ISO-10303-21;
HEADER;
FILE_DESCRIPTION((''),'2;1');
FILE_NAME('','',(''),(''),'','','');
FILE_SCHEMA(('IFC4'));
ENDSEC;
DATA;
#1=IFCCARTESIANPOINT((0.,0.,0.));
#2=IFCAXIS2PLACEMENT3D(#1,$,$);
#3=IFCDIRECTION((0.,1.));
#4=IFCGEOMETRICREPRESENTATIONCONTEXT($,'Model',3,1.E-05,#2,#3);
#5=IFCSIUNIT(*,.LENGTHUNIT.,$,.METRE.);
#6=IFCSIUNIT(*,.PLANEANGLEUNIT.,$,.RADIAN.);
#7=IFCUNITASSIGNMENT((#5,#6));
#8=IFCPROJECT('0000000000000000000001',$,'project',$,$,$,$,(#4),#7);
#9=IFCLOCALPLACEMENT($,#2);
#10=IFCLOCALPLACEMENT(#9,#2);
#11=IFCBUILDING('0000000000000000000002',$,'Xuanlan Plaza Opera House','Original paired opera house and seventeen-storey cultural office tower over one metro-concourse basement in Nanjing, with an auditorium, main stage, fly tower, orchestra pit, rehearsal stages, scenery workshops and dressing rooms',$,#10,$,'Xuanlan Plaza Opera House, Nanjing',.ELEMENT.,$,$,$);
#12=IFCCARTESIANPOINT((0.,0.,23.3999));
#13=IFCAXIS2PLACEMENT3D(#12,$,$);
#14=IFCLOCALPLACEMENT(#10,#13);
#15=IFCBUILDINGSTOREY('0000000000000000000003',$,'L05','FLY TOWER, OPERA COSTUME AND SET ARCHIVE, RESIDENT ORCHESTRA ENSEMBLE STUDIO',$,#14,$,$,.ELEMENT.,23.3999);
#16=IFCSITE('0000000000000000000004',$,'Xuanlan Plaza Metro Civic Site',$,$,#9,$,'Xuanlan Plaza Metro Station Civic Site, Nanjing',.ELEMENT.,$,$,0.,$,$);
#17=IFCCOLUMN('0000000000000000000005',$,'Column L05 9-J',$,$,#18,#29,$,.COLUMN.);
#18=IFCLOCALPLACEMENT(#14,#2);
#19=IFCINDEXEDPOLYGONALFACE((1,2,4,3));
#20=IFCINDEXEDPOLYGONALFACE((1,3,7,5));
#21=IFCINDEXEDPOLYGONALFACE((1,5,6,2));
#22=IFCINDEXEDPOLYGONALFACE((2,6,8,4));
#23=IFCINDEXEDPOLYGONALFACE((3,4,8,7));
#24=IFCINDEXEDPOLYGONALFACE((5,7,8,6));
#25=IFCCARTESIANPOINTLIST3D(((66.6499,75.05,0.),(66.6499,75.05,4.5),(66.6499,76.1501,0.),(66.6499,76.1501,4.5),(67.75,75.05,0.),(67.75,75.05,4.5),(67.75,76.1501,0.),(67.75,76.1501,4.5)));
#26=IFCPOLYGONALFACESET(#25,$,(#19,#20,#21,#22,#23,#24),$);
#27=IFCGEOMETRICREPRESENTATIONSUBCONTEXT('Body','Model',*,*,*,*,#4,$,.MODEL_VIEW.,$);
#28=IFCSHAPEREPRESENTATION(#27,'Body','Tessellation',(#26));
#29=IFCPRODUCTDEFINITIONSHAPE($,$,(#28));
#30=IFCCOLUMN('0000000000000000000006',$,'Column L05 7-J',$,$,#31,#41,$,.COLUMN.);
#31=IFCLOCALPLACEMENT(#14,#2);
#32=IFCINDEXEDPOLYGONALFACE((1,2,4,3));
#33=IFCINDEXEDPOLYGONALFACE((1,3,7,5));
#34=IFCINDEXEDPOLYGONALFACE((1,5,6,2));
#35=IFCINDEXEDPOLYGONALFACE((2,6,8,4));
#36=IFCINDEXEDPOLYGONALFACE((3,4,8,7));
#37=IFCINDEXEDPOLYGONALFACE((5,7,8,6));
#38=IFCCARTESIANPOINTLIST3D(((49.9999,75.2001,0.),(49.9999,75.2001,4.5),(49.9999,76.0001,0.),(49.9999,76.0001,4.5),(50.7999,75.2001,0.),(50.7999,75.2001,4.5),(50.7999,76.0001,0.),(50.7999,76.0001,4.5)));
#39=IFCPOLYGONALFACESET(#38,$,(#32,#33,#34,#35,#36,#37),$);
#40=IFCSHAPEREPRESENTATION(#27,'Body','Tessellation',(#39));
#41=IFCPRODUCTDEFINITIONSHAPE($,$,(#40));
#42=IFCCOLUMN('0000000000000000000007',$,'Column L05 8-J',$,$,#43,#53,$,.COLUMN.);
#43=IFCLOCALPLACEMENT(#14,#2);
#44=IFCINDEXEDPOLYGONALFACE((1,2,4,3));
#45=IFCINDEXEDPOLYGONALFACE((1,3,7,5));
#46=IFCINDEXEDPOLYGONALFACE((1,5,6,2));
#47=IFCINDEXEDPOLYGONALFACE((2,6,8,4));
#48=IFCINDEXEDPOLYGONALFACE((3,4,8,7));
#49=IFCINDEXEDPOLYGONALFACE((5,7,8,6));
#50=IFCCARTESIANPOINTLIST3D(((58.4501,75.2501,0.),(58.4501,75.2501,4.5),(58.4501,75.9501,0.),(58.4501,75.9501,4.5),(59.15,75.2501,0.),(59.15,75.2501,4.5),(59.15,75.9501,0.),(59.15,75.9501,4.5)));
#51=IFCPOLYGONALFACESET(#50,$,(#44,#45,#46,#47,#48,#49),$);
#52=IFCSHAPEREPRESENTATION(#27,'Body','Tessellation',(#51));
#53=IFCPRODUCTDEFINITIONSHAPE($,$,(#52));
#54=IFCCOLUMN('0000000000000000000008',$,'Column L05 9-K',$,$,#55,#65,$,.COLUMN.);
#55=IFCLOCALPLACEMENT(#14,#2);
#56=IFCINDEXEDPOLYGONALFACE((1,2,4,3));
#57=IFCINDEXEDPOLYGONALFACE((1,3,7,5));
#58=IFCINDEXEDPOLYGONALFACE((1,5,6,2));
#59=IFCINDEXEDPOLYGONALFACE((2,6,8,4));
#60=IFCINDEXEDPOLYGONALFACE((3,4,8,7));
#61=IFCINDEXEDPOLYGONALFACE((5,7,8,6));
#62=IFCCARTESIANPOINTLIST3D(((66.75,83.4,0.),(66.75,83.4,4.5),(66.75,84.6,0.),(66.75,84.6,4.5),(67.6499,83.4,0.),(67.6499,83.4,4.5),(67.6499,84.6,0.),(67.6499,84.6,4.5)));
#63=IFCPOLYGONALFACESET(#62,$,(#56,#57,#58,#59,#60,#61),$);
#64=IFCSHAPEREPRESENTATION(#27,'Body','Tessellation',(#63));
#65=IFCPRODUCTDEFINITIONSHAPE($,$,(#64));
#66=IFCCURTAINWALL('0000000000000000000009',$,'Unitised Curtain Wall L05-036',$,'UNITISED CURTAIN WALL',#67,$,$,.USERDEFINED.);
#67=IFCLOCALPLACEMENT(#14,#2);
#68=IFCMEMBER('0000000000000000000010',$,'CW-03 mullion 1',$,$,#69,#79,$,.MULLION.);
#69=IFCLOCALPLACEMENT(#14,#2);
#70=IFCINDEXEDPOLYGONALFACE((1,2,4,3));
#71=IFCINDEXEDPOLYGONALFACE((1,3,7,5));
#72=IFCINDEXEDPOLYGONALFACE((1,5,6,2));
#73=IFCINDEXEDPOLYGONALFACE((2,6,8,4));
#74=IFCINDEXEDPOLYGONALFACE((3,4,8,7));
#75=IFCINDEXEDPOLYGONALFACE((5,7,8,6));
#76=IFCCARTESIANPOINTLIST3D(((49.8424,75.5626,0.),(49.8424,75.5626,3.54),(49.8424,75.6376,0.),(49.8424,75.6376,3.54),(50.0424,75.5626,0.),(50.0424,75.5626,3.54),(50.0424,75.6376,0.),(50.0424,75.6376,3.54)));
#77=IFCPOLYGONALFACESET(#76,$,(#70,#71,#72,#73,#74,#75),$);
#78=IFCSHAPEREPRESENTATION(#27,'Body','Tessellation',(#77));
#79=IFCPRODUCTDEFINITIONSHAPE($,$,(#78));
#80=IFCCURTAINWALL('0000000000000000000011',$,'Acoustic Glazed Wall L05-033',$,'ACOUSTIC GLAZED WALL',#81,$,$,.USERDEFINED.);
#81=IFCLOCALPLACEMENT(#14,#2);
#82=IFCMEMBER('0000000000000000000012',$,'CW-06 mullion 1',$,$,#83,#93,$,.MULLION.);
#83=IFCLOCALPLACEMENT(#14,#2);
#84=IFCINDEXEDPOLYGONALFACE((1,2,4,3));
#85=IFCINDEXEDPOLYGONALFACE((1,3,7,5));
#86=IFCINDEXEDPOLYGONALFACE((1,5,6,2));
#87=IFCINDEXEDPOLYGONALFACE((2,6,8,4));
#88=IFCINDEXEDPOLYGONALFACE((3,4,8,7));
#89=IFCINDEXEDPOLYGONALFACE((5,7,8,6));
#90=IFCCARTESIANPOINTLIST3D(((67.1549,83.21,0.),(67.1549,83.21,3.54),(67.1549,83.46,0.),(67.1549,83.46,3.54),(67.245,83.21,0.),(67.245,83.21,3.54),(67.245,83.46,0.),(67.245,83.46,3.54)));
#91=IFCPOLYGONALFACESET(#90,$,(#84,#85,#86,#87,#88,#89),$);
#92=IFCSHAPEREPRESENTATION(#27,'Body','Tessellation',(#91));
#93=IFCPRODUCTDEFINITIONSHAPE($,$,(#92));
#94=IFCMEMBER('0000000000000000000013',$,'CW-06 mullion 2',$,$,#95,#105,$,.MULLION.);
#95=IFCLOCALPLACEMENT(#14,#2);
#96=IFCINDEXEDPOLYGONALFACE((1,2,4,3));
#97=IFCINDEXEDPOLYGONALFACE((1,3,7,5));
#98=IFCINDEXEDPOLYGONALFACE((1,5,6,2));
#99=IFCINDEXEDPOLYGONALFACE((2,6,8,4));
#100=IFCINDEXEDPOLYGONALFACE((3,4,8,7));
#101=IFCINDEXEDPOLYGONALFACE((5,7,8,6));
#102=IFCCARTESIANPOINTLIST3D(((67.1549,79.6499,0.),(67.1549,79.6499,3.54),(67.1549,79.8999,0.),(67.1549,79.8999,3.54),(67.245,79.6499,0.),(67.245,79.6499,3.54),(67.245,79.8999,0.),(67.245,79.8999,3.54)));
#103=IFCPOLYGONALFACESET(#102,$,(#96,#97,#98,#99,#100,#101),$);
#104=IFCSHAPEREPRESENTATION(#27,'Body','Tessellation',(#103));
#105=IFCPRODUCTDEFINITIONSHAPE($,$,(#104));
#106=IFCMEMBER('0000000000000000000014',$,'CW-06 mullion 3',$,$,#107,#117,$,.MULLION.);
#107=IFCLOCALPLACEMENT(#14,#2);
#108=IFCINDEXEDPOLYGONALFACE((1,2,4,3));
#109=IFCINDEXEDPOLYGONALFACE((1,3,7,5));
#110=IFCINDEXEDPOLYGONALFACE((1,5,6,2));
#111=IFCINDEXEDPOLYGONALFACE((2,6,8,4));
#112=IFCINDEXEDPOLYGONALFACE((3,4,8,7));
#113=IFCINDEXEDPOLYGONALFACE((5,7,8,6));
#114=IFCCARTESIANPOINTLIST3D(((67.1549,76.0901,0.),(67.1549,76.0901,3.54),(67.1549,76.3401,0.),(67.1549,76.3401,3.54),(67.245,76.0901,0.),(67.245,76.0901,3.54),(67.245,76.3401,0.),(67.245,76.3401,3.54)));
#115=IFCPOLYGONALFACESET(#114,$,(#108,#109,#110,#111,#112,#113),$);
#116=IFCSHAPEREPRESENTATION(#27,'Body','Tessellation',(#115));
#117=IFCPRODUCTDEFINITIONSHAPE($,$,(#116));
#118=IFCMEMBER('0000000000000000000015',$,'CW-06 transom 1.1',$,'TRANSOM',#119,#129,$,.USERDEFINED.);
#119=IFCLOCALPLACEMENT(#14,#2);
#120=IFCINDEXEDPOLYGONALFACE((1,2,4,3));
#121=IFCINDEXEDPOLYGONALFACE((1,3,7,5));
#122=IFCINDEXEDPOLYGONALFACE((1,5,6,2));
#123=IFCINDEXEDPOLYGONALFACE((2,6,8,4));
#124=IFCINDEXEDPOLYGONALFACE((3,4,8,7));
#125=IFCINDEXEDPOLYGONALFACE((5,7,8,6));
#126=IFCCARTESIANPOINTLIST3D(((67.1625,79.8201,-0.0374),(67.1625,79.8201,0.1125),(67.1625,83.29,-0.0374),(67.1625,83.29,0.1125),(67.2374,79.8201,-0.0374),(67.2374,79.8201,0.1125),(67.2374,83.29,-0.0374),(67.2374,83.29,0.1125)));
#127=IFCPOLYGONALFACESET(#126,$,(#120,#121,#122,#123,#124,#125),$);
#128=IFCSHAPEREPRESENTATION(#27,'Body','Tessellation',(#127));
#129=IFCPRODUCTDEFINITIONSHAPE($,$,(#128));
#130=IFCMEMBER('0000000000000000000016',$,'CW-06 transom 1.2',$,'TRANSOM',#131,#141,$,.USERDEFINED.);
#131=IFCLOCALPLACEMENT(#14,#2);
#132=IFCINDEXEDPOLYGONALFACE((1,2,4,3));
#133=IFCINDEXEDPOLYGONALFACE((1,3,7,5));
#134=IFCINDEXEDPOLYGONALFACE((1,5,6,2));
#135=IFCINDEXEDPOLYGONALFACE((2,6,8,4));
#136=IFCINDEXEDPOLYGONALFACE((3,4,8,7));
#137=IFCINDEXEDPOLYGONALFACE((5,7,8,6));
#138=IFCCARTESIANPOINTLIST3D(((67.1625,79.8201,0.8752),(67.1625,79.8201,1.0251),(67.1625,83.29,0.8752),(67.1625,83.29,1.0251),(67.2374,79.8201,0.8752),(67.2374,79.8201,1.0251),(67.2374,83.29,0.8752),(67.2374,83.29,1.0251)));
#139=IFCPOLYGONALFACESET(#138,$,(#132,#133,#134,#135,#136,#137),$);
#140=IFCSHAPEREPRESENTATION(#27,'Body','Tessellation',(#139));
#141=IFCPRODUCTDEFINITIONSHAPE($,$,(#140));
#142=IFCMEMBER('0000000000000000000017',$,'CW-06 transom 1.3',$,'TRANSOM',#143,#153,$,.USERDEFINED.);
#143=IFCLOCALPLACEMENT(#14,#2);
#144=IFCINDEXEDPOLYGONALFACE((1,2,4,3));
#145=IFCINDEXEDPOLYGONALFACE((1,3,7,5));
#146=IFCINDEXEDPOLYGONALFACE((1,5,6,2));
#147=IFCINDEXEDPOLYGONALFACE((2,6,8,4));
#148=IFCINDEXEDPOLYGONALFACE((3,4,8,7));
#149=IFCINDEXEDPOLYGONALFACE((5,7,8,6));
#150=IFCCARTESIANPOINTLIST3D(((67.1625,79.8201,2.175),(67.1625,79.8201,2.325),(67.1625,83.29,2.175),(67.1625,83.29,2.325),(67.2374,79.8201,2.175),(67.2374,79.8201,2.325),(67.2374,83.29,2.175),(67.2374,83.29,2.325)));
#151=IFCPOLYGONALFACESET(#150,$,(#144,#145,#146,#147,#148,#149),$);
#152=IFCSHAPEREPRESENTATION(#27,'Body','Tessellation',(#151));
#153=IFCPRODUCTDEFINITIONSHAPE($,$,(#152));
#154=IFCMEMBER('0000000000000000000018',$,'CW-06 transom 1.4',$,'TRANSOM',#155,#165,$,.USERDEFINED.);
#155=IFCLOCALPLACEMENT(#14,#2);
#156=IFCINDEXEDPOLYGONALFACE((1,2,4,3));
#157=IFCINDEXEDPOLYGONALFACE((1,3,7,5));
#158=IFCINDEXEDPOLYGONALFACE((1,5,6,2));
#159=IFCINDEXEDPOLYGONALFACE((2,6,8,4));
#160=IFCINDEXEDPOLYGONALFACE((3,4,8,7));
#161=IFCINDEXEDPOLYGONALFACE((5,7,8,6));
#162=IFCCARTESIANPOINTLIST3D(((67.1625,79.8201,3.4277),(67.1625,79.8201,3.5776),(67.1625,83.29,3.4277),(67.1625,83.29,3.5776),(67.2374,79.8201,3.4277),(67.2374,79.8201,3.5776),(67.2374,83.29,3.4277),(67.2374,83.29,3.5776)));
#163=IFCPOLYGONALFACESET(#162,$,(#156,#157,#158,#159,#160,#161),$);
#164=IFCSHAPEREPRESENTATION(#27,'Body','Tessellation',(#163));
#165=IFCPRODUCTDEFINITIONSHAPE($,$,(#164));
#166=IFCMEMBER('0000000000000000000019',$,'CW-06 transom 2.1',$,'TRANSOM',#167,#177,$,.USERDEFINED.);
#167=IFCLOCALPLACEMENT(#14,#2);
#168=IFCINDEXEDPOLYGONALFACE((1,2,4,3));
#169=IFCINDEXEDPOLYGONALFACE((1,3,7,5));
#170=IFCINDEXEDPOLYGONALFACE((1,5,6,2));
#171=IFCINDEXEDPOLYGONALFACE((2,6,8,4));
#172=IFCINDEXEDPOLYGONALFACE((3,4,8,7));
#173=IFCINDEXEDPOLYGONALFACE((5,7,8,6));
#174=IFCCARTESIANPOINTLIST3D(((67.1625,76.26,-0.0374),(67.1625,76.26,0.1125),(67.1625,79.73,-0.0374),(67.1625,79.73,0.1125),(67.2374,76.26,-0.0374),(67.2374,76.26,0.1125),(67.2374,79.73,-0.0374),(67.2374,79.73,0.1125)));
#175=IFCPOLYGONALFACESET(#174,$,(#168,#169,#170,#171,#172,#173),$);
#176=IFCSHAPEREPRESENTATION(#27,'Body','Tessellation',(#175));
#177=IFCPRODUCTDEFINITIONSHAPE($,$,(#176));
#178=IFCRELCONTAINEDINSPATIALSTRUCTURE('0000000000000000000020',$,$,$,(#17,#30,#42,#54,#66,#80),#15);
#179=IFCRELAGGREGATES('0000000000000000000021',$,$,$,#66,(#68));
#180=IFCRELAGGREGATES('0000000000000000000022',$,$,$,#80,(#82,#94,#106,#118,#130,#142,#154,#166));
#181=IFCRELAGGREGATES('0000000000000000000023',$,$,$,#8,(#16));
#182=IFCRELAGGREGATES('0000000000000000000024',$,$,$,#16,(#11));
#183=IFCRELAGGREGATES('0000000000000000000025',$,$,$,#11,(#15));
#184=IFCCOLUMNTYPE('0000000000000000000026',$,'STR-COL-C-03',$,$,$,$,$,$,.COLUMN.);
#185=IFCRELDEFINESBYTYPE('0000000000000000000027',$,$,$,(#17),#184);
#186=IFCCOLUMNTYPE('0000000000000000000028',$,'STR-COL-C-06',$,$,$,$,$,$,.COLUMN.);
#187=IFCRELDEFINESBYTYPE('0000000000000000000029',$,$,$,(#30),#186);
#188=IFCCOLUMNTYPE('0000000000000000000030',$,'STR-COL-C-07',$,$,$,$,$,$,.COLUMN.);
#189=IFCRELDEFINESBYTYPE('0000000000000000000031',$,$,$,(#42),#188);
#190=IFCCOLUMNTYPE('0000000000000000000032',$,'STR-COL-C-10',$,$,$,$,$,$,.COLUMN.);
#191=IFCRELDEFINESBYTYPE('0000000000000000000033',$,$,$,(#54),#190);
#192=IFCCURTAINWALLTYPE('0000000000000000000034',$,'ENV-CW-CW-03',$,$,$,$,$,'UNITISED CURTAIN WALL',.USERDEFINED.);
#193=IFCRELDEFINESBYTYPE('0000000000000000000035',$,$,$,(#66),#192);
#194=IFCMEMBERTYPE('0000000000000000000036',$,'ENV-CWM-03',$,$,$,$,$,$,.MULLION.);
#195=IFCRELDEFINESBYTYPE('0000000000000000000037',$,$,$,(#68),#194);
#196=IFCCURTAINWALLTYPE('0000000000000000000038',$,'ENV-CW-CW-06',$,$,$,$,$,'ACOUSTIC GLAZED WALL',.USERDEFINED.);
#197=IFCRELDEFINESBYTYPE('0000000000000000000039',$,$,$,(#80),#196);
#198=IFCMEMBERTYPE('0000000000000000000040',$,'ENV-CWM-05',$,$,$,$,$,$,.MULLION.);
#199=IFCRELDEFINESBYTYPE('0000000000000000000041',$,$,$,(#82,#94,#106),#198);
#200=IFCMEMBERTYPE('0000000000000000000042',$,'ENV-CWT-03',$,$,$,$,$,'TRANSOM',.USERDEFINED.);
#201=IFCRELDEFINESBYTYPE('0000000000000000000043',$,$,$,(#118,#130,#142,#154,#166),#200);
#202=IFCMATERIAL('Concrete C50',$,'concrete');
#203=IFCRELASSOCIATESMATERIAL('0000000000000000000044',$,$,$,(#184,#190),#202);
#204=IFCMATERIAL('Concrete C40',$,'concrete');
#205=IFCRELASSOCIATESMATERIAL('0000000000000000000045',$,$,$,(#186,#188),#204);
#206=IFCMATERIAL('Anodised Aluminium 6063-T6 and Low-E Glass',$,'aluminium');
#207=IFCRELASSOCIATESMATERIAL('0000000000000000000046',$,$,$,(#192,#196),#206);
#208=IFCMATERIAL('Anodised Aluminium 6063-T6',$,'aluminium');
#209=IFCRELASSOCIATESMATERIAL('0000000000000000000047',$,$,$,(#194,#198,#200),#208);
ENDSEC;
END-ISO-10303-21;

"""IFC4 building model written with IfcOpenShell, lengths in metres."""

from ifc_helpers import new_model, si_unit, direction, frame, origin, origin_2d, place, context, subcontext, project, spatial, rectangle, extrude, material, material_profile, profile_set, type_object, element, aggregate, save


model = new_model("IFC4")

# Units and contexts
model_context = context("Model", 3, precision=1e-05, world=origin(), true_north=direction((0.0, 1.0)))
body_context = subcontext(model_context, "Body", "Model", "MODEL_VIEW")
ifc_project = project(units=[si_unit("LENGTHUNIT", "METRE"), si_unit("PLANEANGLEUNIT", "RADIAN")], contexts=[model_context])

# Site, building, storey
site_placement = place(None, origin())
site = spatial("IfcSite", under=ifc_project, at=site_placement, Name="Xuanlan Plaza Metro Civic Site", LongName="Xuanlan Plaza Metro Station Civic Site, Nanjing", CompositionType="ELEMENT", RefElevation=0.0)
building_placement = place(site_placement, origin())
building = spatial("IfcBuilding", under=site, at=building_placement, Name="Xuanlan Plaza Opera House", Description="Original paired opera house and seventeen-storey cultural office tower over one metro-concourse basement in Nanjing, with an auditorium, main stage, fly tower, orchestra pit, rehearsal stages, scenery workshops and dressing rooms", LongName="Xuanlan Plaza Opera House, Nanjing", CompositionType="ELEMENT")
storey_placement = place(building_placement, frame((0.0, 0.0, 23.3999)))
storey = spatial("IfcBuildingStorey", under=building, at=storey_placement, Name="L05", Description="FLY TOWER, OPERA COSTUME AND SET ARCHIVE, RESIDENT ORCHESTRA ENSEMBLE STUDIO", CompositionType="ELEMENT", Elevation=23.3999)

# Columns
ifc_material_1 = material(Name="Concrete C50", Category="concrete")
ifc_material_profile_1 = material_profile(ifc_material_1, rectangle(XDim=1.1001, YDim=1.1001, at=origin_2d()), Name="RC-COL 1100x1100")
ifc_profile_set_1 = profile_set([ifc_material_profile_1], Name="Concrete C50")
column_type_1 = type_object("IfcColumnType", Name="STR-COL-C-03", PredefinedType="COLUMN", material=ifc_profile_set_1)
column_1_placement = place(storey_placement, frame((67.2, 75.6001, 0.0), z_axis=(0.0, 0.0, 1.0), x_axis=(1.0, 0.0, 0.0)))
element("IfcColumn", 1, at=column_1_placement, inside=storey, type_object=column_type_1, Name="Column L05 9-J", PredefinedType="COLUMN", context=body_context, shape_type="SweptSolid", body=[
    extrude(rectangle(XDim=1.1001, YDim=1.1001, at=origin_2d()), origin(), (0.0, 0.0, 1.0), 4.5),
])
ifc_material_2 = material(Name="Concrete C40", Category="concrete")
ifc_material_profile_2 = material_profile(ifc_material_2, rectangle(XDim=0.8, YDim=0.8, at=origin_2d()), Name="RC-COL 800x800")
ifc_profile_set_2 = profile_set([ifc_material_profile_2], Name="Concrete C40")
column_type_2 = type_object("IfcColumnType", Name="STR-COL-C-06", PredefinedType="COLUMN", material=ifc_profile_set_2)
column_2_placement = place(storey_placement, frame((50.3999, 75.6001, 0.0), z_axis=(0.0, 0.0, 1.0), x_axis=(1.0, 0.0, 0.0)))
element("IfcColumn", 2, at=column_2_placement, inside=storey, type_object=column_type_2, Name="Column L05 7-J", PredefinedType="COLUMN", context=body_context, shape_type="SweptSolid", body=[
    extrude(rectangle(XDim=0.8, YDim=0.8, at=origin_2d()), origin(), (0.0, 0.0, 1.0), 4.5),
])
ifc_material_profile_3 = material_profile(ifc_material_2, rectangle(XDim=0.7, YDim=0.7, at=origin_2d()), Name="RC-COL 700x700")
ifc_profile_set_3 = profile_set([ifc_material_profile_3], Name="Concrete C40")
column_type_3 = type_object("IfcColumnType", Name="STR-COL-C-07", PredefinedType="COLUMN", material=ifc_profile_set_3)
column_3_placement = place(storey_placement, frame((58.8, 75.6001, 0.0), z_axis=(0.0, 0.0, 1.0), x_axis=(1.0, 0.0, 0.0)))
element("IfcColumn", 3, at=column_3_placement, inside=storey, type_object=column_type_3, Name="Column L05 8-J", PredefinedType="COLUMN", context=body_context, shape_type="SweptSolid", body=[
    extrude(rectangle(XDim=0.7, YDim=0.7, at=origin_2d()), origin(), (0.0, 0.0, 1.0), 4.5),
])
ifc_material_profile_4 = material_profile(ifc_material_1, rectangle(XDim=0.8999, YDim=1.2, at=origin_2d()), Name="RC-COL 900x1200")
ifc_profile_set_4 = profile_set([ifc_material_profile_4], Name="Concrete C50")
column_type_4 = type_object("IfcColumnType", Name="STR-COL-C-10", PredefinedType="COLUMN", material=ifc_profile_set_4)
column_4_placement = place(storey_placement, frame((67.2, 84.0, 0.0), z_axis=(0.0, 0.0, 1.0), x_axis=(1.0, 0.0, 0.0)))
element("IfcColumn", 4, at=column_4_placement, inside=storey, type_object=column_type_4, Name="Column L05 9-K", PredefinedType="COLUMN", context=body_context, shape_type="SweptSolid", body=[
    extrude(rectangle(XDim=0.8999, YDim=1.2, at=origin_2d()), origin(), (0.0, 0.0, 1.0), 4.5),
])

# Curtain wall, member
ifc_material_3 = material(Name="Anodised Aluminium 6063-T6 and Low-E Glass", Category="aluminium")
curtain_wall_type_1 = type_object("IfcCurtainWallType", Name="ENV-CW-CW-03", ElementType="UNITISED CURTAIN WALL", PredefinedType="USERDEFINED", material=ifc_material_3)
curtain_wall_1_placement = place(storey_placement, origin())
curtain_wall_1 = element("IfcCurtainWall", 5, at=curtain_wall_1_placement, inside=storey, type_object=curtain_wall_type_1, Name="Unitised Curtain Wall L05-036", ObjectType="UNITISED CURTAIN WALL", PredefinedType="USERDEFINED")
ifc_material_4 = material(Name="Anodised Aluminium 6063-T6", Category="aluminium")
ifc_material_profile_5 = material_profile(ifc_material_4, rectangle(XDim=0.075, YDim=0.2, at=origin_2d()), Name="ALU-M 75x200")
ifc_profile_set_5 = profile_set([ifc_material_profile_5], Name="Anodised Aluminium 6063-T6")
member_type_1 = type_object("IfcMemberType", Name="ENV-CWM-03", PredefinedType="MULLION", material=ifc_profile_set_5)
member_1_placement = place(storey_placement, frame((49.9424, 75.6001, 0.0), z_axis=(0.0, 0.0, 1.0), x_axis=(0.0, -1.0, 0.0)))
member_1 = element("IfcMember", 6, at=member_1_placement, type_object=member_type_1, Name="CW-03 mullion 1", PredefinedType="MULLION", context=body_context, shape_type="SweptSolid", body=[
    extrude(rectangle(XDim=0.075, YDim=0.2, at=origin_2d()), origin(), (0.0, 0.0, 1.0), 3.54),
])

# Curtain wall, members
curtain_wall_type_2 = type_object("IfcCurtainWallType", Name="ENV-CW-CW-06", ElementType="ACOUSTIC GLAZED WALL", PredefinedType="USERDEFINED", material=ifc_material_3)
curtain_wall_2_placement = place(storey_placement, origin())
curtain_wall_2 = element("IfcCurtainWall", 7, at=curtain_wall_2_placement, inside=storey, type_object=curtain_wall_type_2, Name="Acoustic Glazed Wall L05-033", ObjectType="ACOUSTIC GLAZED WALL", PredefinedType="USERDEFINED")
ifc_material_profile_6 = material_profile(ifc_material_4, rectangle(XDim=0.0901, YDim=0.25, at=origin_2d()), Name="ALU-M 90x250")
ifc_profile_set_6 = profile_set([ifc_material_profile_6], Name="Anodised Aluminium 6063-T6")
member_type_2 = type_object("IfcMemberType", Name="ENV-CWM-05", PredefinedType="MULLION", material=ifc_profile_set_6)
member_2_placement = place(storey_placement, frame((67.2, 83.335, 0.0), z_axis=(0.0, 0.0, 1.0), x_axis=(1.0, 0.0, 0.0)))
member_2 = element("IfcMember", 8, at=member_2_placement, type_object=member_type_2, Name="CW-06 mullion 1", PredefinedType="MULLION", context=body_context, shape_type="SweptSolid", body=[
    extrude(rectangle(XDim=0.0901, YDim=0.25, at=origin_2d()), origin(), (0.0, 0.0, 1.0), 3.54),
])
member_3_placement = place(storey_placement, frame((67.2, 79.7749, 0.0), z_axis=(0.0, 0.0, 1.0), x_axis=(1.0, 0.0, 0.0)))
member_3 = element("IfcMember", 9, at=member_3_placement, type_object=member_type_2, Name="CW-06 mullion 2", PredefinedType="MULLION", context=body_context, shape_type="SweptSolid", body=[
    extrude(rectangle(XDim=0.0901, YDim=0.25, at=origin_2d()), origin(), (0.0, 0.0, 1.0), 3.54),
])
member_4_placement = place(storey_placement, frame((67.2, 76.2151, 0.0), z_axis=(0.0, 0.0, 1.0), x_axis=(1.0, 0.0, 0.0)))
member_4 = element("IfcMember", 10, at=member_4_placement, type_object=member_type_2, Name="CW-06 mullion 3", PredefinedType="MULLION", context=body_context, shape_type="SweptSolid", body=[
    extrude(rectangle(XDim=0.0901, YDim=0.25, at=origin_2d()), origin(), (0.0, 0.0, 1.0), 3.54),
])
ifc_material_profile_7 = material_profile(ifc_material_4, rectangle(XDim=0.075, YDim=0.1499, at=origin_2d()), Name="ALU-T 75x150")
ifc_profile_set_7 = profile_set([ifc_material_profile_7], Name="Anodised Aluminium 6063-T6")
member_type_3 = type_object("IfcMemberType", Name="ENV-CWT-03", ElementType="TRANSOM", PredefinedType="USERDEFINED", material=ifc_profile_set_7)
member_5_placement = place(storey_placement, frame((67.2, 83.29, 0.0376), z_axis=(0.0, -1.0, 0.0), x_axis=(1.0, 0.0, 0.0)))
member_5 = element("IfcMember", 11, at=member_5_placement, type_object=member_type_3, Name="CW-06 transom 1.1", ObjectType="TRANSOM", PredefinedType="USERDEFINED", context=body_context, shape_type="SweptSolid", body=[
    extrude(rectangle(XDim=0.075, YDim=0.1499, at=origin_2d()), origin(), (0.0, 0.0, 1.0), 3.47),
])
member_6_placement = place(storey_placement, frame((67.2, 83.29, 0.9502), z_axis=(0.0, -1.0, 0.0), x_axis=(1.0, 0.0, 0.0)))
member_6 = element("IfcMember", 12, at=member_6_placement, type_object=member_type_3, Name="CW-06 transom 1.2", ObjectType="TRANSOM", PredefinedType="USERDEFINED", context=body_context, shape_type="SweptSolid", body=[
    extrude(rectangle(XDim=0.075, YDim=0.1499, at=origin_2d()), origin(), (0.0, 0.0, 1.0), 3.47),
])
member_7_placement = place(storey_placement, frame((67.2, 83.29, 2.25), z_axis=(0.0, -1.0, 0.0), x_axis=(1.0, 0.0, 0.0)))
member_7 = element("IfcMember", 13, at=member_7_placement, type_object=member_type_3, Name="CW-06 transom 1.3", ObjectType="TRANSOM", PredefinedType="USERDEFINED", context=body_context, shape_type="SweptSolid", body=[
    extrude(rectangle(XDim=0.075, YDim=0.1499, at=origin_2d()), origin(), (0.0, 0.0, 1.0), 3.47),
])
member_8_placement = place(storey_placement, frame((67.2, 83.29, 3.5027), z_axis=(0.0, -1.0, 0.0), x_axis=(1.0, 0.0, 0.0)))
member_8 = element("IfcMember", 14, at=member_8_placement, type_object=member_type_3, Name="CW-06 transom 1.4", ObjectType="TRANSOM", PredefinedType="USERDEFINED", context=body_context, shape_type="SweptSolid", body=[
    extrude(rectangle(XDim=0.075, YDim=0.1499, at=origin_2d()), origin(), (0.0, 0.0, 1.0), 3.47),
])
member_9_placement = place(storey_placement, frame((67.2, 79.73, 0.0376), z_axis=(0.0, -1.0, 0.0), x_axis=(1.0, 0.0, 0.0)))
member_9 = element("IfcMember", 15, at=member_9_placement, type_object=member_type_3, Name="CW-06 transom 2.1", ObjectType="TRANSOM", PredefinedType="USERDEFINED", context=body_context, shape_type="SweptSolid", body=[
    extrude(rectangle(XDim=0.075, YDim=0.1499, at=origin_2d()), origin(), (0.0, 0.0, 1.0), 3.47),
])

aggregate(curtain_wall_1, [member_1])

aggregate(curtain_wall_2, [member_2, member_3, member_4, member_5, member_6, member_7, member_8, member_9])

save(model, "model.ifc")
